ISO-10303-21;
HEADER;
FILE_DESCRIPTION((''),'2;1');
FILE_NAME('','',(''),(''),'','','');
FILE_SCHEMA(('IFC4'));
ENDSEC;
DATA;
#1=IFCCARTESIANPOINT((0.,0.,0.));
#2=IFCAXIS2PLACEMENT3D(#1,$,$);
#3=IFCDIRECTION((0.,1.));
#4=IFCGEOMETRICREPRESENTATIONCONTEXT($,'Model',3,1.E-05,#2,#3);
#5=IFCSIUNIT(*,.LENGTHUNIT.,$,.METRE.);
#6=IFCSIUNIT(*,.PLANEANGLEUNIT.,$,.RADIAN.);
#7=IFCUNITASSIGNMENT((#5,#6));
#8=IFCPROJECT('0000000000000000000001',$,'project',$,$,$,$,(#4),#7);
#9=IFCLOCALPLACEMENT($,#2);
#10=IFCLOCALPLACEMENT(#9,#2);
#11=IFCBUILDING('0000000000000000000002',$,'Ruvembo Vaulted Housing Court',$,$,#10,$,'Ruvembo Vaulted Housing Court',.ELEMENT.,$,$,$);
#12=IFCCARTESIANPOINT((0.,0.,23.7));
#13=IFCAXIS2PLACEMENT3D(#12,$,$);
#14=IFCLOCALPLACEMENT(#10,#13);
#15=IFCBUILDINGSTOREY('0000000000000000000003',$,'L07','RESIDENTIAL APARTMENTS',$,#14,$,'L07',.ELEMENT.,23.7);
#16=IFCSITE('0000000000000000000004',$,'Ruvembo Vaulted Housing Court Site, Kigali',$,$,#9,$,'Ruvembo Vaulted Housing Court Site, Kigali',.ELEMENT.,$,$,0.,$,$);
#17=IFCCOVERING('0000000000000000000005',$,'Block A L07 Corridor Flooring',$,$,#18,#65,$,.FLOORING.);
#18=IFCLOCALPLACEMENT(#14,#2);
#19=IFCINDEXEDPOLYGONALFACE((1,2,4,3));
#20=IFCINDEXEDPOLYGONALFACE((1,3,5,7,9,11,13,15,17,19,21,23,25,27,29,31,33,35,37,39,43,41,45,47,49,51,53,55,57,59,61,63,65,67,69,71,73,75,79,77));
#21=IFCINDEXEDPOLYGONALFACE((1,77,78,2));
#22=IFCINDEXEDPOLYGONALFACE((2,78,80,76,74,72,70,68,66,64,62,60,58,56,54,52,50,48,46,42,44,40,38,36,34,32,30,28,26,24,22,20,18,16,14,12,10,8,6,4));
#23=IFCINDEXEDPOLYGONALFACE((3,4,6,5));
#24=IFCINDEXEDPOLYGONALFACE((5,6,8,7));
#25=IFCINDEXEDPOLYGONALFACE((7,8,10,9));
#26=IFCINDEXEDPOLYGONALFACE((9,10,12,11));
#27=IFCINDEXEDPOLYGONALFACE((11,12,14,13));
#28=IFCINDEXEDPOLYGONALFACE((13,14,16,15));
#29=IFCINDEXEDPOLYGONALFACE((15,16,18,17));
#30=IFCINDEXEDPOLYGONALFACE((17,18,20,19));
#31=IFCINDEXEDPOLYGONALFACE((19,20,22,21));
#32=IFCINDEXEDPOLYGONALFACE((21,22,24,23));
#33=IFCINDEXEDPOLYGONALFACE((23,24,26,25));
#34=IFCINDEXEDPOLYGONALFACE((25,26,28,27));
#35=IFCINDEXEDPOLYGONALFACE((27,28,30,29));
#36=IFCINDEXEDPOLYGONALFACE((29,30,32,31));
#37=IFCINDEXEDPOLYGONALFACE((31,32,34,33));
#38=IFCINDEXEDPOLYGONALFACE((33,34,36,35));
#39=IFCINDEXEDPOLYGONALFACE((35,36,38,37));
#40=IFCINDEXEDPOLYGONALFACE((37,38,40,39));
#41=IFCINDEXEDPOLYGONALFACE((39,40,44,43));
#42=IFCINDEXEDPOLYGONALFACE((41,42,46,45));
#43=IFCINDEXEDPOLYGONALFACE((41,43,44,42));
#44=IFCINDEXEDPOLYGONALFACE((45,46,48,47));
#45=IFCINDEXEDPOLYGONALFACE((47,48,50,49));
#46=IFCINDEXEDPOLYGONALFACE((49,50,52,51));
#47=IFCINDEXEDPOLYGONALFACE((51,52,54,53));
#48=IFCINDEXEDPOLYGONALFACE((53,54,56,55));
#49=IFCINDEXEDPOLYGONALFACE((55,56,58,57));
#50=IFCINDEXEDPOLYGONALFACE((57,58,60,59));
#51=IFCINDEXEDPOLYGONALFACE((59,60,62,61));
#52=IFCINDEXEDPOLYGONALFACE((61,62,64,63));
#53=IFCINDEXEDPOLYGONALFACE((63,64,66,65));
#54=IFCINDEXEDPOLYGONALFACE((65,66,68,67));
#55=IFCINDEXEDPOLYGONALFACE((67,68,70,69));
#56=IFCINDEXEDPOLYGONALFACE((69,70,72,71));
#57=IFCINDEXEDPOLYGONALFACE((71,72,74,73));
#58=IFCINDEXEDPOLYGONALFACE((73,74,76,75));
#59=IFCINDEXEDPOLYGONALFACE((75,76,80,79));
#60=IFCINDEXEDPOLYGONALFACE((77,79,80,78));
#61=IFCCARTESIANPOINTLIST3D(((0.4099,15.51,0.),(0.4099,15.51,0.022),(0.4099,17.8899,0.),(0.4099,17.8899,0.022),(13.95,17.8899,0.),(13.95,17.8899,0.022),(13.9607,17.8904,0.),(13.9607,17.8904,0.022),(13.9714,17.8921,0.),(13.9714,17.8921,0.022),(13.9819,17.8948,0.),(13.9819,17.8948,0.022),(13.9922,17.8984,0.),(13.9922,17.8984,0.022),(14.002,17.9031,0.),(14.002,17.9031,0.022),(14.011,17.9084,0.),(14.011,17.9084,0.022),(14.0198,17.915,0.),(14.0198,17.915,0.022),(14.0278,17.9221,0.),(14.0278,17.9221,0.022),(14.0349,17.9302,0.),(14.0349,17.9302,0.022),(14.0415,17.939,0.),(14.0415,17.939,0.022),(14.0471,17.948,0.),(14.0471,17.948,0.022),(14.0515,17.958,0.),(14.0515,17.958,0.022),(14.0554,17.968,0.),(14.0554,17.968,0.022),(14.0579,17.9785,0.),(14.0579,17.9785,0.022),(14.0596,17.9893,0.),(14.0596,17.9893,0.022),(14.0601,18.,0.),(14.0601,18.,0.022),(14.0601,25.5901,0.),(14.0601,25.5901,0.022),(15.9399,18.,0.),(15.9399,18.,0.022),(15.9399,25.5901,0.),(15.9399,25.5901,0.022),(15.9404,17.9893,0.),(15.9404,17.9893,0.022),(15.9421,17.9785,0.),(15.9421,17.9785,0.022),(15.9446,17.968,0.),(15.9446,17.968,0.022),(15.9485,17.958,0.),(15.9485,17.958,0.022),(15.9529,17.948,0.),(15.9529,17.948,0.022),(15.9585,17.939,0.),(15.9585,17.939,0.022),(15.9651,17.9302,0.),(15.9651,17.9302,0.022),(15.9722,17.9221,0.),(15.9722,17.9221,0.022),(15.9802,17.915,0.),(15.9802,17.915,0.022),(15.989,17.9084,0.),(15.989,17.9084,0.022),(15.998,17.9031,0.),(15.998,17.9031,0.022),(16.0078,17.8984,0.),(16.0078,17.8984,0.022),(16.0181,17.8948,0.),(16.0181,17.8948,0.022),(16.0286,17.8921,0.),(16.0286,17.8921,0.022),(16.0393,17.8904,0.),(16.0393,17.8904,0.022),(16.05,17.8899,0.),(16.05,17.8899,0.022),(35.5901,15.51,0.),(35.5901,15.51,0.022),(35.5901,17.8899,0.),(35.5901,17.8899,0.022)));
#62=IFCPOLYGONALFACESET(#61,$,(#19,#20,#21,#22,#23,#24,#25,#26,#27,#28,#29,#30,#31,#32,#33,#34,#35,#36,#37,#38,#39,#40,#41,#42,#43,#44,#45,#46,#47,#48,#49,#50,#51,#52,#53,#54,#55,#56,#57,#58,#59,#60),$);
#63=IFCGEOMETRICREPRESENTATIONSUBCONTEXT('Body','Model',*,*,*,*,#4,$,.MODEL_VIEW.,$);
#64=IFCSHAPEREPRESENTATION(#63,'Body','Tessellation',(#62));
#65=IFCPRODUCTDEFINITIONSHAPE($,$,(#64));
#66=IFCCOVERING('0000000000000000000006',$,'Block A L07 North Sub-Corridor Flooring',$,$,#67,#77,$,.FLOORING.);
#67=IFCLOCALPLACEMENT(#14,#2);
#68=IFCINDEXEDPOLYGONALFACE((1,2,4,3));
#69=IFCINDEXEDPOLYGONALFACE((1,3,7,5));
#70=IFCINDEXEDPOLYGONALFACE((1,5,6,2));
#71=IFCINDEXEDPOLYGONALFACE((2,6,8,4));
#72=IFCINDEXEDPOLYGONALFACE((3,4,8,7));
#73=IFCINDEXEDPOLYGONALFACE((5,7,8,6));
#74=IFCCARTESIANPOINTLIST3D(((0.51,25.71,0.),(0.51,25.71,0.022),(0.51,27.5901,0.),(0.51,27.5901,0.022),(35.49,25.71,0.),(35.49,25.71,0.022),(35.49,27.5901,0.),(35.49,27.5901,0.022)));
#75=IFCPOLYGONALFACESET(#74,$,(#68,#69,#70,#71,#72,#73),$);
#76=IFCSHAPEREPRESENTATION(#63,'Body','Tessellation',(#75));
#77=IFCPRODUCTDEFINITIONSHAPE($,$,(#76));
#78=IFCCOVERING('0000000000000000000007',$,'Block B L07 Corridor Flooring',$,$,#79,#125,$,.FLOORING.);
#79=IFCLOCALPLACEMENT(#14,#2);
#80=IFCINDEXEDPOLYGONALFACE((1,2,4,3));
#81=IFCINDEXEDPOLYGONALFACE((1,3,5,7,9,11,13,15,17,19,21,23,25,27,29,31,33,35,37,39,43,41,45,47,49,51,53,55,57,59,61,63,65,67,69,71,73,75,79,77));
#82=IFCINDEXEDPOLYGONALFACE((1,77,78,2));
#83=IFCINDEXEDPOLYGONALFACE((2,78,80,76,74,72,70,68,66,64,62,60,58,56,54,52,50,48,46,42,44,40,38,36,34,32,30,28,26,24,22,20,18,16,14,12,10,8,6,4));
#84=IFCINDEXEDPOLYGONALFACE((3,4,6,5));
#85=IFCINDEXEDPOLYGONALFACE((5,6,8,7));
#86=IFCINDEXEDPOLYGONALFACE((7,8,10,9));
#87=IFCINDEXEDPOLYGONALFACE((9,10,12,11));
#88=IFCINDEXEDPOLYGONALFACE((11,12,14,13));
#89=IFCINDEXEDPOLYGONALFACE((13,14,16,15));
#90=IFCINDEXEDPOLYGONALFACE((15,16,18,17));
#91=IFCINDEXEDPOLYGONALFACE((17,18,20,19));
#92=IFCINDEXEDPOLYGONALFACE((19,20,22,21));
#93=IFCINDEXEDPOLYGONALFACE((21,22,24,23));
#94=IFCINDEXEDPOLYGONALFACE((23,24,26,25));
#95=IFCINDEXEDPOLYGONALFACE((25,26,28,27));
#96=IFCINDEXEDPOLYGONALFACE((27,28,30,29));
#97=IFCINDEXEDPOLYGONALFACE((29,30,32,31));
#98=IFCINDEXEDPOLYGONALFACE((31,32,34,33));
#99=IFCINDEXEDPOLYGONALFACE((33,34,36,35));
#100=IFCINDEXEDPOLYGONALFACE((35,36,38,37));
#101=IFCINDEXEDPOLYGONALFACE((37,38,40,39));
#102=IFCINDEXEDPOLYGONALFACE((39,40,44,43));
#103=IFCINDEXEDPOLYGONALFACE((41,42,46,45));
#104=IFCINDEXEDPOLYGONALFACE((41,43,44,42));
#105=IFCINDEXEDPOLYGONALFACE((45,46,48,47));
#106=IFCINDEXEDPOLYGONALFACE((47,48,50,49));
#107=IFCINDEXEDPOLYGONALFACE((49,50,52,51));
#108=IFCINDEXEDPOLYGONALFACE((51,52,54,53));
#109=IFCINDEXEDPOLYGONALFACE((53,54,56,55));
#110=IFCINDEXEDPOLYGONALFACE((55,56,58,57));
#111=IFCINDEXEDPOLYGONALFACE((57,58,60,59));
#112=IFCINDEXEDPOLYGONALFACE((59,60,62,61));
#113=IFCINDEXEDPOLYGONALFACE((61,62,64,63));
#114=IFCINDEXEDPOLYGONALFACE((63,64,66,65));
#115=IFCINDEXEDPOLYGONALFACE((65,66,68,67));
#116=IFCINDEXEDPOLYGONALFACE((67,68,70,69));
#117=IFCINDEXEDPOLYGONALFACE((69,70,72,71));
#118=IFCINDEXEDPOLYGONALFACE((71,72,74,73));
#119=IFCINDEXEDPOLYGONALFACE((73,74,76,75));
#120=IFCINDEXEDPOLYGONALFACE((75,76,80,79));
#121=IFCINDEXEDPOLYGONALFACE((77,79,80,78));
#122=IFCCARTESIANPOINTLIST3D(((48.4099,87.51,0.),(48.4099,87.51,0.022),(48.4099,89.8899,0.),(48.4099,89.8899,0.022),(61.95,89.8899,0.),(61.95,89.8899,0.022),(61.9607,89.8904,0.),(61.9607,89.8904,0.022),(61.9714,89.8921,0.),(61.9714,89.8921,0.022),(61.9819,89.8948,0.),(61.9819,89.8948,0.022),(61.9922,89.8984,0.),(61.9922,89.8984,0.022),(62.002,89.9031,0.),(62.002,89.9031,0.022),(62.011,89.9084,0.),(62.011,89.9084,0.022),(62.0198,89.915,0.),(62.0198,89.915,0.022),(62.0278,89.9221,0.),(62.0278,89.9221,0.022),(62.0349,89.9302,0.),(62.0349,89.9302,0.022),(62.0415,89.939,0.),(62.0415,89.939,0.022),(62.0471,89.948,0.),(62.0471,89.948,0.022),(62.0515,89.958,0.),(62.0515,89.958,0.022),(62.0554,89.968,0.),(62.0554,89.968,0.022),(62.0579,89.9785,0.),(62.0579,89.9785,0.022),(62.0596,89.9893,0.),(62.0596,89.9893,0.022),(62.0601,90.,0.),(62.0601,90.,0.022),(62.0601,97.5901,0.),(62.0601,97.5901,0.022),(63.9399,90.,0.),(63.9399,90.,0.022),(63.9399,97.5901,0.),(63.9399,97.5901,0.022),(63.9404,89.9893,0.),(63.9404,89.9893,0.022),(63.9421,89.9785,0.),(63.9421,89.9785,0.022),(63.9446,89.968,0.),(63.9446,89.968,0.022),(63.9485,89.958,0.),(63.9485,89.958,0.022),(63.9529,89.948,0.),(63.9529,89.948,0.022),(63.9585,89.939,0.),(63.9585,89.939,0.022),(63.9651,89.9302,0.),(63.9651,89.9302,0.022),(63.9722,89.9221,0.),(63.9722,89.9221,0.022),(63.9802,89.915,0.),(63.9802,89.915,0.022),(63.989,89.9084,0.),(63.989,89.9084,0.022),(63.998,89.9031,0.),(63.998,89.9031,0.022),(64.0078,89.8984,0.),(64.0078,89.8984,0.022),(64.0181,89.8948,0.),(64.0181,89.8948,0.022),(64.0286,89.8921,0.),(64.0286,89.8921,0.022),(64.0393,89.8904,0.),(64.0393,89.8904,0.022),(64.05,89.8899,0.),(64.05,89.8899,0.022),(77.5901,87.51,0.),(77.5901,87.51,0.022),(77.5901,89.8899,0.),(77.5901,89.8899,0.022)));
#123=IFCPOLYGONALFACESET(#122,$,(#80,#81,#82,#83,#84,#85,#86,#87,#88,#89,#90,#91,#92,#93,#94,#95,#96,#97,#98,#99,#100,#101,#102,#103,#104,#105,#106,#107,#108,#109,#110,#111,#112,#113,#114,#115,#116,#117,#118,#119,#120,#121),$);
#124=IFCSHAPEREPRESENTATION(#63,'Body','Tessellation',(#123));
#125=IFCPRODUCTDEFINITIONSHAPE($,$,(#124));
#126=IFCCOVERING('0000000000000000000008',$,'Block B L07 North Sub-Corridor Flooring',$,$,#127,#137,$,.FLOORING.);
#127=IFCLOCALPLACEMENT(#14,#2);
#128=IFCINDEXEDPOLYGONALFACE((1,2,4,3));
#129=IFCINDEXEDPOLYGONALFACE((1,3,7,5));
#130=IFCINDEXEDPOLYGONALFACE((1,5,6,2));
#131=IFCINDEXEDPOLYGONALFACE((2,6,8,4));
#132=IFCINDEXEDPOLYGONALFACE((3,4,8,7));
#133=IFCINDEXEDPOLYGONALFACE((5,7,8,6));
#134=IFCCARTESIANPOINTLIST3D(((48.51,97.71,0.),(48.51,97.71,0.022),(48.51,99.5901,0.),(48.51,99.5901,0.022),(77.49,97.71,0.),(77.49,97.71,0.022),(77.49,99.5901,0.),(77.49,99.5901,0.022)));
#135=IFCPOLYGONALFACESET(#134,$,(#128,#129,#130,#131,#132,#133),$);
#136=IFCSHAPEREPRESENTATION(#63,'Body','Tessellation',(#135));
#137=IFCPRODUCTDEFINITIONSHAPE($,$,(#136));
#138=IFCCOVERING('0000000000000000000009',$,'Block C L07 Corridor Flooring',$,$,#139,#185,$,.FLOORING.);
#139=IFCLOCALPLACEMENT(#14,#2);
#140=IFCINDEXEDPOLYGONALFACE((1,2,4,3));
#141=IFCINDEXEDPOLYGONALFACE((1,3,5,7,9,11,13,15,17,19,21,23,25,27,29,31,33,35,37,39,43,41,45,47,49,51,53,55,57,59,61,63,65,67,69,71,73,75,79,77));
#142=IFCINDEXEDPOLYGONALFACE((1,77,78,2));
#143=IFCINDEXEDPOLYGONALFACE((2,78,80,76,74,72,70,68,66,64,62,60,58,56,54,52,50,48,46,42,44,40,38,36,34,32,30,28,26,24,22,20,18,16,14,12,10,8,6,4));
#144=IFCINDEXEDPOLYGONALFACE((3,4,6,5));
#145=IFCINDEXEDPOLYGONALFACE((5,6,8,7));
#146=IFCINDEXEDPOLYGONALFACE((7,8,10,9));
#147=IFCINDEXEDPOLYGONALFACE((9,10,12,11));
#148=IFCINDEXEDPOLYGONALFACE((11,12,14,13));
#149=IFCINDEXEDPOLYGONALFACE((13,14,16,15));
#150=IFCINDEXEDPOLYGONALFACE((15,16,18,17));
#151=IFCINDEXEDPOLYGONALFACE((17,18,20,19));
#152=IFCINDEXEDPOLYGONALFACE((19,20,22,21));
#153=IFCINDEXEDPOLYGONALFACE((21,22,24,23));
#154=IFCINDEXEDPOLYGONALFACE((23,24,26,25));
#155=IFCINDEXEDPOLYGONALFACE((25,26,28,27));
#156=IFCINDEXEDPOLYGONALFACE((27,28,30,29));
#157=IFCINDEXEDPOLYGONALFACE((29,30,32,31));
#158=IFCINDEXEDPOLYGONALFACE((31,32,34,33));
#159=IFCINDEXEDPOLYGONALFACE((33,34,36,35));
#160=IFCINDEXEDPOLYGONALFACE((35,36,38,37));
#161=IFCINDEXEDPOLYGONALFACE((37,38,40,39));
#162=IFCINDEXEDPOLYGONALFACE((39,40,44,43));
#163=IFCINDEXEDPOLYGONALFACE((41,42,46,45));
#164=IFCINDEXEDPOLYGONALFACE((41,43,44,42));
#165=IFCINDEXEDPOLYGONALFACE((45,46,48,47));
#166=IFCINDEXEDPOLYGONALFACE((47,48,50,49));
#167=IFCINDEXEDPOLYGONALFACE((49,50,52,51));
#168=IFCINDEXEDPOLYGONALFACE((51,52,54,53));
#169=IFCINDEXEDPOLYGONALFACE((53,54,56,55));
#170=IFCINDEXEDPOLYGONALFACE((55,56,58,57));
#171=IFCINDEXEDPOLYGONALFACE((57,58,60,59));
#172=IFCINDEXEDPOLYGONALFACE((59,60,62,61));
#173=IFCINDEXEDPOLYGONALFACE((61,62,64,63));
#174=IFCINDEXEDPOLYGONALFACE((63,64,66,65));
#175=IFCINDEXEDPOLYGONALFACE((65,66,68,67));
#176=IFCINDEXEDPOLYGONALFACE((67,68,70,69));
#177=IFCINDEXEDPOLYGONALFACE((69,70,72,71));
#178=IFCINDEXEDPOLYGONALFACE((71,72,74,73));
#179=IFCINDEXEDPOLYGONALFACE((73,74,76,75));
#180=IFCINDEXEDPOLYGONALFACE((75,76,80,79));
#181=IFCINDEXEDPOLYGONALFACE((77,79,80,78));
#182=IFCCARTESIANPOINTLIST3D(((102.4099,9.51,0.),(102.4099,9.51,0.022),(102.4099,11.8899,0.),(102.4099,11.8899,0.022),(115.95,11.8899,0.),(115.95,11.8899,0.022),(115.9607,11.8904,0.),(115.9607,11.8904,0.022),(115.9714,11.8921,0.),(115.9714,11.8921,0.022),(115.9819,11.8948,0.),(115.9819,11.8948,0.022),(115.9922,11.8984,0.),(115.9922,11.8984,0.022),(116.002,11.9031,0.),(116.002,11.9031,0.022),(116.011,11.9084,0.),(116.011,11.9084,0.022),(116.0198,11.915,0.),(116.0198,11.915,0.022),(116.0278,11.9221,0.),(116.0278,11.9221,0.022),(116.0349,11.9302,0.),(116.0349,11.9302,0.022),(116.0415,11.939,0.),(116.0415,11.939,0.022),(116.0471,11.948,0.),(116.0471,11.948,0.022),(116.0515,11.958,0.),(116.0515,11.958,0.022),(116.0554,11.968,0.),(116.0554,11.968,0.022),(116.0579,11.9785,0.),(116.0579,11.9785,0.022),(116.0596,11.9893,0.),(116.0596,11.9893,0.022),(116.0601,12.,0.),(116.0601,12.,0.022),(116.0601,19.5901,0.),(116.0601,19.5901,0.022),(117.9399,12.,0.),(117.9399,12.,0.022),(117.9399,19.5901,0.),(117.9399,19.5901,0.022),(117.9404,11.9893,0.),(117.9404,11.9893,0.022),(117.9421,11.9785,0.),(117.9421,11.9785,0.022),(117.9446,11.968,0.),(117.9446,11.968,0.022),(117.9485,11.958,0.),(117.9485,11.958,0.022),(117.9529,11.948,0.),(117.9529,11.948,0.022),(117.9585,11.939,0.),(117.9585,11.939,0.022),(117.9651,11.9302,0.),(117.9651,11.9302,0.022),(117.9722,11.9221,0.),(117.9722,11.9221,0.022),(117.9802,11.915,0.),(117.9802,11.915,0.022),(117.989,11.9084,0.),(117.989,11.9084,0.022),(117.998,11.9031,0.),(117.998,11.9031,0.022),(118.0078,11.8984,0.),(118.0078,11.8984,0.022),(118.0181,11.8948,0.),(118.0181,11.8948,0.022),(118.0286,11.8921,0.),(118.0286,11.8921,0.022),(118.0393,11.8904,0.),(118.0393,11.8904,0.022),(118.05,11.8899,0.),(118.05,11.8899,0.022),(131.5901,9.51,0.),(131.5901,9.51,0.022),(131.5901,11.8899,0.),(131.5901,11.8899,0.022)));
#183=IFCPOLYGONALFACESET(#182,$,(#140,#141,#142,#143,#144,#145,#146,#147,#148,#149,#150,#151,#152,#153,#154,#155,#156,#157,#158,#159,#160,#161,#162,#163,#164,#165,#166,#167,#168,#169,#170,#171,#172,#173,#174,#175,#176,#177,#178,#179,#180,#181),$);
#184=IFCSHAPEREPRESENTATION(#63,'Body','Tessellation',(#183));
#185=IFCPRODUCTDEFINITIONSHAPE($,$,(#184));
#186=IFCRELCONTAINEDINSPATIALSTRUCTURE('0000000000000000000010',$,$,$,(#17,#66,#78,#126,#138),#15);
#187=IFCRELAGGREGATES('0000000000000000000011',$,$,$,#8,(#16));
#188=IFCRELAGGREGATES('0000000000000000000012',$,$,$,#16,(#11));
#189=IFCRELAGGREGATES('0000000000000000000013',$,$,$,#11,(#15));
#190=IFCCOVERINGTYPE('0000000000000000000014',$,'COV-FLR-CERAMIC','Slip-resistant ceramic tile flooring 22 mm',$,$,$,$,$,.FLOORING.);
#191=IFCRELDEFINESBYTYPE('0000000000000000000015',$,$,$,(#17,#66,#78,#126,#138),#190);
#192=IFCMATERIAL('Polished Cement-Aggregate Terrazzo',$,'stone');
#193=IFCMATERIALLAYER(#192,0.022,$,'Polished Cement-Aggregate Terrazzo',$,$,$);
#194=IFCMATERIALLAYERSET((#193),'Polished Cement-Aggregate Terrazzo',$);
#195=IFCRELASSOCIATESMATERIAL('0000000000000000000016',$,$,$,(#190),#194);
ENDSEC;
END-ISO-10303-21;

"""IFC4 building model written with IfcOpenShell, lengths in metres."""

from ifc_helpers import new_model, si_unit, direction, frame, origin, place, context, subcontext, project, spatial, polyline, outline, extrude, material, layer, layer_set, type_object, element, save


model = new_model("IFC4")

# Units and contexts
model_context = context("Model", 3, precision=1e-05, world=origin(), true_north=direction((0.0, 1.0)))
body_context = subcontext(model_context, "Body", "Model", "MODEL_VIEW")
ifc_project = project(units=[si_unit("LENGTHUNIT", "METRE"), si_unit("PLANEANGLEUNIT", "RADIAN")], contexts=[model_context])

# Site, building, storey
site_placement = place(None, origin())
site = spatial("IfcSite", under=ifc_project, at=site_placement, Name="Ruvembo Vaulted Housing Court Site, Kigali", LongName="Ruvembo Vaulted Housing Court Site, Kigali", CompositionType="ELEMENT", RefElevation=0.0)
building_placement = place(site_placement, origin())
building = spatial("IfcBuilding", under=site, at=building_placement, Name="Ruvembo Vaulted Housing Court", LongName="Ruvembo Vaulted Housing Court", CompositionType="ELEMENT")
storey_placement = place(building_placement, frame((0.0, 0.0, 23.7)))
storey = spatial("IfcBuildingStorey", under=building, at=storey_placement, Name="L07", Description="RESIDENTIAL APARTMENTS", LongName="L07", CompositionType="ELEMENT", Elevation=23.7)

# Coverings
ifc_material_1 = material(Name="Polished Cement-Aggregate Terrazzo", Category="stone")
ifc_layer_1 = layer(ifc_material_1, 0.022, Name="Polished Cement-Aggregate Terrazzo")
ifc_layer_set_1 = layer_set([ifc_layer_1], Name="Polished Cement-Aggregate Terrazzo")
covering_type_1 = type_object("IfcCoveringType", Name="COV-FLR-CERAMIC", Description="Slip-resistant ceramic tile flooring 22 mm", PredefinedType="FLOORING", material=ifc_layer_set_1)
covering_1_placement = place(storey_placement, origin())
element("IfcCovering", 1, at=covering_1_placement, inside=storey, type_object=covering_type_1, Name="Block A L07 Corridor Flooring", PredefinedType="FLOORING", context=body_context, shape_type="SweptSolid", body=[
    extrude(outline(polyline([(35.5901, 15.51), (35.5901, 17.8899), (16.05, 17.8899), (16.0393, 17.8904), (16.0286, 17.8921), (16.0181, 17.8948), (16.0078, 17.8984), (15.998, 17.9031), (15.989, 17.9084), (15.9802, 17.915), (15.9722, 17.9221), (15.9651, 17.9302), (15.9585, 17.939), (15.9529, 17.948), (15.9485, 17.958), (15.9446, 17.968), (15.9421, 17.9785), (15.9404, 17.9893), (15.9399, 18.0), (15.9399, 25.5901), (14.0601, 25.5901), (14.0601, 18.0), (14.0596, 17.9893), (14.0579, 17.9785), (14.0554, 17.968), (14.0515, 17.958), (14.0471, 17.948), (14.0415, 17.939), (14.0349, 17.9302), (14.0278, 17.9221), (14.0198, 17.915), (14.011, 17.9084), (14.002, 17.9031), (13.9922, 17.8984), (13.9819, 17.8948), (13.9714, 17.8921), (13.9607, 17.8904), (13.95, 17.8899), (0.4099, 17.8899), (0.4099, 15.51), (35.5901, 15.51)])), origin(), (0.0, 0.0, 1.0), 0.022),
])
covering_2_placement = place(storey_placement, origin())
element("IfcCovering", 2, at=covering_2_placement, inside=storey, type_object=covering_type_1, Name="Block A L07 North Sub-Corridor Flooring", PredefinedType="FLOORING", context=body_context, shape_type="SweptSolid", body=[
    extrude(outline(polyline([(0.51, 25.71), (35.49, 25.71), (35.49, 27.5901), (0.51, 27.5901), (0.51, 25.71)])), origin(), (0.0, 0.0, 1.0), 0.022),
])
covering_3_placement = place(storey_placement, origin())
element("IfcCovering", 3, at=covering_3_placement, inside=storey, type_object=covering_type_1, Name="Block B L07 Corridor Flooring", PredefinedType="FLOORING", context=body_context, shape_type="SweptSolid", body=[
    extrude(outline(polyline([(77.5901, 87.51), (77.5901, 89.8899), (64.05, 89.8899), (64.0393, 89.8904), (64.0286, 89.8921), (64.0181, 89.8948), (64.0078, 89.8984), (63.998, 89.9031), (63.989, 89.9084), (63.9802, 89.915), (63.9722, 89.9221), (63.9651, 89.9302), (63.9585, 89.939), (63.9529, 89.948), (63.9485, 89.958), (63.9446, 89.968), (63.9421, 89.9785), (63.9404, 89.9893), (63.9399, 90.0), (63.9399, 97.5901), (62.0601, 97.5901), (62.0601, 90.0), (62.0596, 89.9893), (62.0579, 89.9785), (62.0554, 89.968), (62.0515, 89.958), (62.0471, 89.948), (62.0415, 89.939), (62.0349, 89.9302), (62.0278, 89.9221), (62.0198, 89.915), (62.011, 89.9084), (62.002, 89.9031), (61.9922, 89.8984), (61.9819, 89.8948), (61.9714, 89.8921), (61.9607, 89.8904), (61.95, 89.8899), (48.4099, 89.8899), (48.4099, 87.51), (77.5901, 87.51)])), origin(), (0.0, 0.0, 1.0), 0.022),
])
covering_4_placement = place(storey_placement, origin())
element("IfcCovering", 4, at=covering_4_placement, inside=storey, type_object=covering_type_1, Name="Block B L07 North Sub-Corridor Flooring", PredefinedType="FLOORING", context=body_context, shape_type="SweptSolid", body=[
    extrude(outline(polyline([(48.51, 97.71), (77.49, 97.71), (77.49, 99.5901), (48.51, 99.5901), (48.51, 97.71)])), origin(), (0.0, 0.0, 1.0), 0.022),
])
covering_5_placement = place(storey_placement, origin())
element("IfcCovering", 5, at=covering_5_placement, inside=storey, type_object=covering_type_1, Name="Block C L07 Corridor Flooring", PredefinedType="FLOORING", context=body_context, shape_type="SweptSolid", body=[
    extrude(outline(polyline([(131.5901, 9.51), (131.5901, 11.8899), (118.05, 11.8899), (118.0393, 11.8904), (118.0286, 11.8921), (118.0181, 11.8948), (118.0078, 11.8984), (117.998, 11.9031), (117.989, 11.9084), (117.9802, 11.915), (117.9722, 11.9221), (117.9651, 11.9302), (117.9585, 11.939), (117.9529, 11.948), (117.9485, 11.958), (117.9446, 11.968), (117.9421, 11.9785), (117.9404, 11.9893), (117.9399, 12.0), (117.9399, 19.5901), (116.0601, 19.5901), (116.0601, 12.0), (116.0596, 11.9893), (116.0579, 11.9785), (116.0554, 11.968), (116.0515, 11.958), (116.0471, 11.948), (116.0415, 11.939), (116.0349, 11.9302), (116.0278, 11.9221), (116.0198, 11.915), (116.011, 11.9084), (116.002, 11.9031), (115.9922, 11.8984), (115.9819, 11.8948), (115.9714, 11.8921), (115.9607, 11.8904), (115.95, 11.8899), (102.4099, 11.8899), (102.4099, 9.51), (131.5901, 9.51)])), origin(), (0.0, 0.0, 1.0), 0.022),
])

save(model, "model.ifc")
